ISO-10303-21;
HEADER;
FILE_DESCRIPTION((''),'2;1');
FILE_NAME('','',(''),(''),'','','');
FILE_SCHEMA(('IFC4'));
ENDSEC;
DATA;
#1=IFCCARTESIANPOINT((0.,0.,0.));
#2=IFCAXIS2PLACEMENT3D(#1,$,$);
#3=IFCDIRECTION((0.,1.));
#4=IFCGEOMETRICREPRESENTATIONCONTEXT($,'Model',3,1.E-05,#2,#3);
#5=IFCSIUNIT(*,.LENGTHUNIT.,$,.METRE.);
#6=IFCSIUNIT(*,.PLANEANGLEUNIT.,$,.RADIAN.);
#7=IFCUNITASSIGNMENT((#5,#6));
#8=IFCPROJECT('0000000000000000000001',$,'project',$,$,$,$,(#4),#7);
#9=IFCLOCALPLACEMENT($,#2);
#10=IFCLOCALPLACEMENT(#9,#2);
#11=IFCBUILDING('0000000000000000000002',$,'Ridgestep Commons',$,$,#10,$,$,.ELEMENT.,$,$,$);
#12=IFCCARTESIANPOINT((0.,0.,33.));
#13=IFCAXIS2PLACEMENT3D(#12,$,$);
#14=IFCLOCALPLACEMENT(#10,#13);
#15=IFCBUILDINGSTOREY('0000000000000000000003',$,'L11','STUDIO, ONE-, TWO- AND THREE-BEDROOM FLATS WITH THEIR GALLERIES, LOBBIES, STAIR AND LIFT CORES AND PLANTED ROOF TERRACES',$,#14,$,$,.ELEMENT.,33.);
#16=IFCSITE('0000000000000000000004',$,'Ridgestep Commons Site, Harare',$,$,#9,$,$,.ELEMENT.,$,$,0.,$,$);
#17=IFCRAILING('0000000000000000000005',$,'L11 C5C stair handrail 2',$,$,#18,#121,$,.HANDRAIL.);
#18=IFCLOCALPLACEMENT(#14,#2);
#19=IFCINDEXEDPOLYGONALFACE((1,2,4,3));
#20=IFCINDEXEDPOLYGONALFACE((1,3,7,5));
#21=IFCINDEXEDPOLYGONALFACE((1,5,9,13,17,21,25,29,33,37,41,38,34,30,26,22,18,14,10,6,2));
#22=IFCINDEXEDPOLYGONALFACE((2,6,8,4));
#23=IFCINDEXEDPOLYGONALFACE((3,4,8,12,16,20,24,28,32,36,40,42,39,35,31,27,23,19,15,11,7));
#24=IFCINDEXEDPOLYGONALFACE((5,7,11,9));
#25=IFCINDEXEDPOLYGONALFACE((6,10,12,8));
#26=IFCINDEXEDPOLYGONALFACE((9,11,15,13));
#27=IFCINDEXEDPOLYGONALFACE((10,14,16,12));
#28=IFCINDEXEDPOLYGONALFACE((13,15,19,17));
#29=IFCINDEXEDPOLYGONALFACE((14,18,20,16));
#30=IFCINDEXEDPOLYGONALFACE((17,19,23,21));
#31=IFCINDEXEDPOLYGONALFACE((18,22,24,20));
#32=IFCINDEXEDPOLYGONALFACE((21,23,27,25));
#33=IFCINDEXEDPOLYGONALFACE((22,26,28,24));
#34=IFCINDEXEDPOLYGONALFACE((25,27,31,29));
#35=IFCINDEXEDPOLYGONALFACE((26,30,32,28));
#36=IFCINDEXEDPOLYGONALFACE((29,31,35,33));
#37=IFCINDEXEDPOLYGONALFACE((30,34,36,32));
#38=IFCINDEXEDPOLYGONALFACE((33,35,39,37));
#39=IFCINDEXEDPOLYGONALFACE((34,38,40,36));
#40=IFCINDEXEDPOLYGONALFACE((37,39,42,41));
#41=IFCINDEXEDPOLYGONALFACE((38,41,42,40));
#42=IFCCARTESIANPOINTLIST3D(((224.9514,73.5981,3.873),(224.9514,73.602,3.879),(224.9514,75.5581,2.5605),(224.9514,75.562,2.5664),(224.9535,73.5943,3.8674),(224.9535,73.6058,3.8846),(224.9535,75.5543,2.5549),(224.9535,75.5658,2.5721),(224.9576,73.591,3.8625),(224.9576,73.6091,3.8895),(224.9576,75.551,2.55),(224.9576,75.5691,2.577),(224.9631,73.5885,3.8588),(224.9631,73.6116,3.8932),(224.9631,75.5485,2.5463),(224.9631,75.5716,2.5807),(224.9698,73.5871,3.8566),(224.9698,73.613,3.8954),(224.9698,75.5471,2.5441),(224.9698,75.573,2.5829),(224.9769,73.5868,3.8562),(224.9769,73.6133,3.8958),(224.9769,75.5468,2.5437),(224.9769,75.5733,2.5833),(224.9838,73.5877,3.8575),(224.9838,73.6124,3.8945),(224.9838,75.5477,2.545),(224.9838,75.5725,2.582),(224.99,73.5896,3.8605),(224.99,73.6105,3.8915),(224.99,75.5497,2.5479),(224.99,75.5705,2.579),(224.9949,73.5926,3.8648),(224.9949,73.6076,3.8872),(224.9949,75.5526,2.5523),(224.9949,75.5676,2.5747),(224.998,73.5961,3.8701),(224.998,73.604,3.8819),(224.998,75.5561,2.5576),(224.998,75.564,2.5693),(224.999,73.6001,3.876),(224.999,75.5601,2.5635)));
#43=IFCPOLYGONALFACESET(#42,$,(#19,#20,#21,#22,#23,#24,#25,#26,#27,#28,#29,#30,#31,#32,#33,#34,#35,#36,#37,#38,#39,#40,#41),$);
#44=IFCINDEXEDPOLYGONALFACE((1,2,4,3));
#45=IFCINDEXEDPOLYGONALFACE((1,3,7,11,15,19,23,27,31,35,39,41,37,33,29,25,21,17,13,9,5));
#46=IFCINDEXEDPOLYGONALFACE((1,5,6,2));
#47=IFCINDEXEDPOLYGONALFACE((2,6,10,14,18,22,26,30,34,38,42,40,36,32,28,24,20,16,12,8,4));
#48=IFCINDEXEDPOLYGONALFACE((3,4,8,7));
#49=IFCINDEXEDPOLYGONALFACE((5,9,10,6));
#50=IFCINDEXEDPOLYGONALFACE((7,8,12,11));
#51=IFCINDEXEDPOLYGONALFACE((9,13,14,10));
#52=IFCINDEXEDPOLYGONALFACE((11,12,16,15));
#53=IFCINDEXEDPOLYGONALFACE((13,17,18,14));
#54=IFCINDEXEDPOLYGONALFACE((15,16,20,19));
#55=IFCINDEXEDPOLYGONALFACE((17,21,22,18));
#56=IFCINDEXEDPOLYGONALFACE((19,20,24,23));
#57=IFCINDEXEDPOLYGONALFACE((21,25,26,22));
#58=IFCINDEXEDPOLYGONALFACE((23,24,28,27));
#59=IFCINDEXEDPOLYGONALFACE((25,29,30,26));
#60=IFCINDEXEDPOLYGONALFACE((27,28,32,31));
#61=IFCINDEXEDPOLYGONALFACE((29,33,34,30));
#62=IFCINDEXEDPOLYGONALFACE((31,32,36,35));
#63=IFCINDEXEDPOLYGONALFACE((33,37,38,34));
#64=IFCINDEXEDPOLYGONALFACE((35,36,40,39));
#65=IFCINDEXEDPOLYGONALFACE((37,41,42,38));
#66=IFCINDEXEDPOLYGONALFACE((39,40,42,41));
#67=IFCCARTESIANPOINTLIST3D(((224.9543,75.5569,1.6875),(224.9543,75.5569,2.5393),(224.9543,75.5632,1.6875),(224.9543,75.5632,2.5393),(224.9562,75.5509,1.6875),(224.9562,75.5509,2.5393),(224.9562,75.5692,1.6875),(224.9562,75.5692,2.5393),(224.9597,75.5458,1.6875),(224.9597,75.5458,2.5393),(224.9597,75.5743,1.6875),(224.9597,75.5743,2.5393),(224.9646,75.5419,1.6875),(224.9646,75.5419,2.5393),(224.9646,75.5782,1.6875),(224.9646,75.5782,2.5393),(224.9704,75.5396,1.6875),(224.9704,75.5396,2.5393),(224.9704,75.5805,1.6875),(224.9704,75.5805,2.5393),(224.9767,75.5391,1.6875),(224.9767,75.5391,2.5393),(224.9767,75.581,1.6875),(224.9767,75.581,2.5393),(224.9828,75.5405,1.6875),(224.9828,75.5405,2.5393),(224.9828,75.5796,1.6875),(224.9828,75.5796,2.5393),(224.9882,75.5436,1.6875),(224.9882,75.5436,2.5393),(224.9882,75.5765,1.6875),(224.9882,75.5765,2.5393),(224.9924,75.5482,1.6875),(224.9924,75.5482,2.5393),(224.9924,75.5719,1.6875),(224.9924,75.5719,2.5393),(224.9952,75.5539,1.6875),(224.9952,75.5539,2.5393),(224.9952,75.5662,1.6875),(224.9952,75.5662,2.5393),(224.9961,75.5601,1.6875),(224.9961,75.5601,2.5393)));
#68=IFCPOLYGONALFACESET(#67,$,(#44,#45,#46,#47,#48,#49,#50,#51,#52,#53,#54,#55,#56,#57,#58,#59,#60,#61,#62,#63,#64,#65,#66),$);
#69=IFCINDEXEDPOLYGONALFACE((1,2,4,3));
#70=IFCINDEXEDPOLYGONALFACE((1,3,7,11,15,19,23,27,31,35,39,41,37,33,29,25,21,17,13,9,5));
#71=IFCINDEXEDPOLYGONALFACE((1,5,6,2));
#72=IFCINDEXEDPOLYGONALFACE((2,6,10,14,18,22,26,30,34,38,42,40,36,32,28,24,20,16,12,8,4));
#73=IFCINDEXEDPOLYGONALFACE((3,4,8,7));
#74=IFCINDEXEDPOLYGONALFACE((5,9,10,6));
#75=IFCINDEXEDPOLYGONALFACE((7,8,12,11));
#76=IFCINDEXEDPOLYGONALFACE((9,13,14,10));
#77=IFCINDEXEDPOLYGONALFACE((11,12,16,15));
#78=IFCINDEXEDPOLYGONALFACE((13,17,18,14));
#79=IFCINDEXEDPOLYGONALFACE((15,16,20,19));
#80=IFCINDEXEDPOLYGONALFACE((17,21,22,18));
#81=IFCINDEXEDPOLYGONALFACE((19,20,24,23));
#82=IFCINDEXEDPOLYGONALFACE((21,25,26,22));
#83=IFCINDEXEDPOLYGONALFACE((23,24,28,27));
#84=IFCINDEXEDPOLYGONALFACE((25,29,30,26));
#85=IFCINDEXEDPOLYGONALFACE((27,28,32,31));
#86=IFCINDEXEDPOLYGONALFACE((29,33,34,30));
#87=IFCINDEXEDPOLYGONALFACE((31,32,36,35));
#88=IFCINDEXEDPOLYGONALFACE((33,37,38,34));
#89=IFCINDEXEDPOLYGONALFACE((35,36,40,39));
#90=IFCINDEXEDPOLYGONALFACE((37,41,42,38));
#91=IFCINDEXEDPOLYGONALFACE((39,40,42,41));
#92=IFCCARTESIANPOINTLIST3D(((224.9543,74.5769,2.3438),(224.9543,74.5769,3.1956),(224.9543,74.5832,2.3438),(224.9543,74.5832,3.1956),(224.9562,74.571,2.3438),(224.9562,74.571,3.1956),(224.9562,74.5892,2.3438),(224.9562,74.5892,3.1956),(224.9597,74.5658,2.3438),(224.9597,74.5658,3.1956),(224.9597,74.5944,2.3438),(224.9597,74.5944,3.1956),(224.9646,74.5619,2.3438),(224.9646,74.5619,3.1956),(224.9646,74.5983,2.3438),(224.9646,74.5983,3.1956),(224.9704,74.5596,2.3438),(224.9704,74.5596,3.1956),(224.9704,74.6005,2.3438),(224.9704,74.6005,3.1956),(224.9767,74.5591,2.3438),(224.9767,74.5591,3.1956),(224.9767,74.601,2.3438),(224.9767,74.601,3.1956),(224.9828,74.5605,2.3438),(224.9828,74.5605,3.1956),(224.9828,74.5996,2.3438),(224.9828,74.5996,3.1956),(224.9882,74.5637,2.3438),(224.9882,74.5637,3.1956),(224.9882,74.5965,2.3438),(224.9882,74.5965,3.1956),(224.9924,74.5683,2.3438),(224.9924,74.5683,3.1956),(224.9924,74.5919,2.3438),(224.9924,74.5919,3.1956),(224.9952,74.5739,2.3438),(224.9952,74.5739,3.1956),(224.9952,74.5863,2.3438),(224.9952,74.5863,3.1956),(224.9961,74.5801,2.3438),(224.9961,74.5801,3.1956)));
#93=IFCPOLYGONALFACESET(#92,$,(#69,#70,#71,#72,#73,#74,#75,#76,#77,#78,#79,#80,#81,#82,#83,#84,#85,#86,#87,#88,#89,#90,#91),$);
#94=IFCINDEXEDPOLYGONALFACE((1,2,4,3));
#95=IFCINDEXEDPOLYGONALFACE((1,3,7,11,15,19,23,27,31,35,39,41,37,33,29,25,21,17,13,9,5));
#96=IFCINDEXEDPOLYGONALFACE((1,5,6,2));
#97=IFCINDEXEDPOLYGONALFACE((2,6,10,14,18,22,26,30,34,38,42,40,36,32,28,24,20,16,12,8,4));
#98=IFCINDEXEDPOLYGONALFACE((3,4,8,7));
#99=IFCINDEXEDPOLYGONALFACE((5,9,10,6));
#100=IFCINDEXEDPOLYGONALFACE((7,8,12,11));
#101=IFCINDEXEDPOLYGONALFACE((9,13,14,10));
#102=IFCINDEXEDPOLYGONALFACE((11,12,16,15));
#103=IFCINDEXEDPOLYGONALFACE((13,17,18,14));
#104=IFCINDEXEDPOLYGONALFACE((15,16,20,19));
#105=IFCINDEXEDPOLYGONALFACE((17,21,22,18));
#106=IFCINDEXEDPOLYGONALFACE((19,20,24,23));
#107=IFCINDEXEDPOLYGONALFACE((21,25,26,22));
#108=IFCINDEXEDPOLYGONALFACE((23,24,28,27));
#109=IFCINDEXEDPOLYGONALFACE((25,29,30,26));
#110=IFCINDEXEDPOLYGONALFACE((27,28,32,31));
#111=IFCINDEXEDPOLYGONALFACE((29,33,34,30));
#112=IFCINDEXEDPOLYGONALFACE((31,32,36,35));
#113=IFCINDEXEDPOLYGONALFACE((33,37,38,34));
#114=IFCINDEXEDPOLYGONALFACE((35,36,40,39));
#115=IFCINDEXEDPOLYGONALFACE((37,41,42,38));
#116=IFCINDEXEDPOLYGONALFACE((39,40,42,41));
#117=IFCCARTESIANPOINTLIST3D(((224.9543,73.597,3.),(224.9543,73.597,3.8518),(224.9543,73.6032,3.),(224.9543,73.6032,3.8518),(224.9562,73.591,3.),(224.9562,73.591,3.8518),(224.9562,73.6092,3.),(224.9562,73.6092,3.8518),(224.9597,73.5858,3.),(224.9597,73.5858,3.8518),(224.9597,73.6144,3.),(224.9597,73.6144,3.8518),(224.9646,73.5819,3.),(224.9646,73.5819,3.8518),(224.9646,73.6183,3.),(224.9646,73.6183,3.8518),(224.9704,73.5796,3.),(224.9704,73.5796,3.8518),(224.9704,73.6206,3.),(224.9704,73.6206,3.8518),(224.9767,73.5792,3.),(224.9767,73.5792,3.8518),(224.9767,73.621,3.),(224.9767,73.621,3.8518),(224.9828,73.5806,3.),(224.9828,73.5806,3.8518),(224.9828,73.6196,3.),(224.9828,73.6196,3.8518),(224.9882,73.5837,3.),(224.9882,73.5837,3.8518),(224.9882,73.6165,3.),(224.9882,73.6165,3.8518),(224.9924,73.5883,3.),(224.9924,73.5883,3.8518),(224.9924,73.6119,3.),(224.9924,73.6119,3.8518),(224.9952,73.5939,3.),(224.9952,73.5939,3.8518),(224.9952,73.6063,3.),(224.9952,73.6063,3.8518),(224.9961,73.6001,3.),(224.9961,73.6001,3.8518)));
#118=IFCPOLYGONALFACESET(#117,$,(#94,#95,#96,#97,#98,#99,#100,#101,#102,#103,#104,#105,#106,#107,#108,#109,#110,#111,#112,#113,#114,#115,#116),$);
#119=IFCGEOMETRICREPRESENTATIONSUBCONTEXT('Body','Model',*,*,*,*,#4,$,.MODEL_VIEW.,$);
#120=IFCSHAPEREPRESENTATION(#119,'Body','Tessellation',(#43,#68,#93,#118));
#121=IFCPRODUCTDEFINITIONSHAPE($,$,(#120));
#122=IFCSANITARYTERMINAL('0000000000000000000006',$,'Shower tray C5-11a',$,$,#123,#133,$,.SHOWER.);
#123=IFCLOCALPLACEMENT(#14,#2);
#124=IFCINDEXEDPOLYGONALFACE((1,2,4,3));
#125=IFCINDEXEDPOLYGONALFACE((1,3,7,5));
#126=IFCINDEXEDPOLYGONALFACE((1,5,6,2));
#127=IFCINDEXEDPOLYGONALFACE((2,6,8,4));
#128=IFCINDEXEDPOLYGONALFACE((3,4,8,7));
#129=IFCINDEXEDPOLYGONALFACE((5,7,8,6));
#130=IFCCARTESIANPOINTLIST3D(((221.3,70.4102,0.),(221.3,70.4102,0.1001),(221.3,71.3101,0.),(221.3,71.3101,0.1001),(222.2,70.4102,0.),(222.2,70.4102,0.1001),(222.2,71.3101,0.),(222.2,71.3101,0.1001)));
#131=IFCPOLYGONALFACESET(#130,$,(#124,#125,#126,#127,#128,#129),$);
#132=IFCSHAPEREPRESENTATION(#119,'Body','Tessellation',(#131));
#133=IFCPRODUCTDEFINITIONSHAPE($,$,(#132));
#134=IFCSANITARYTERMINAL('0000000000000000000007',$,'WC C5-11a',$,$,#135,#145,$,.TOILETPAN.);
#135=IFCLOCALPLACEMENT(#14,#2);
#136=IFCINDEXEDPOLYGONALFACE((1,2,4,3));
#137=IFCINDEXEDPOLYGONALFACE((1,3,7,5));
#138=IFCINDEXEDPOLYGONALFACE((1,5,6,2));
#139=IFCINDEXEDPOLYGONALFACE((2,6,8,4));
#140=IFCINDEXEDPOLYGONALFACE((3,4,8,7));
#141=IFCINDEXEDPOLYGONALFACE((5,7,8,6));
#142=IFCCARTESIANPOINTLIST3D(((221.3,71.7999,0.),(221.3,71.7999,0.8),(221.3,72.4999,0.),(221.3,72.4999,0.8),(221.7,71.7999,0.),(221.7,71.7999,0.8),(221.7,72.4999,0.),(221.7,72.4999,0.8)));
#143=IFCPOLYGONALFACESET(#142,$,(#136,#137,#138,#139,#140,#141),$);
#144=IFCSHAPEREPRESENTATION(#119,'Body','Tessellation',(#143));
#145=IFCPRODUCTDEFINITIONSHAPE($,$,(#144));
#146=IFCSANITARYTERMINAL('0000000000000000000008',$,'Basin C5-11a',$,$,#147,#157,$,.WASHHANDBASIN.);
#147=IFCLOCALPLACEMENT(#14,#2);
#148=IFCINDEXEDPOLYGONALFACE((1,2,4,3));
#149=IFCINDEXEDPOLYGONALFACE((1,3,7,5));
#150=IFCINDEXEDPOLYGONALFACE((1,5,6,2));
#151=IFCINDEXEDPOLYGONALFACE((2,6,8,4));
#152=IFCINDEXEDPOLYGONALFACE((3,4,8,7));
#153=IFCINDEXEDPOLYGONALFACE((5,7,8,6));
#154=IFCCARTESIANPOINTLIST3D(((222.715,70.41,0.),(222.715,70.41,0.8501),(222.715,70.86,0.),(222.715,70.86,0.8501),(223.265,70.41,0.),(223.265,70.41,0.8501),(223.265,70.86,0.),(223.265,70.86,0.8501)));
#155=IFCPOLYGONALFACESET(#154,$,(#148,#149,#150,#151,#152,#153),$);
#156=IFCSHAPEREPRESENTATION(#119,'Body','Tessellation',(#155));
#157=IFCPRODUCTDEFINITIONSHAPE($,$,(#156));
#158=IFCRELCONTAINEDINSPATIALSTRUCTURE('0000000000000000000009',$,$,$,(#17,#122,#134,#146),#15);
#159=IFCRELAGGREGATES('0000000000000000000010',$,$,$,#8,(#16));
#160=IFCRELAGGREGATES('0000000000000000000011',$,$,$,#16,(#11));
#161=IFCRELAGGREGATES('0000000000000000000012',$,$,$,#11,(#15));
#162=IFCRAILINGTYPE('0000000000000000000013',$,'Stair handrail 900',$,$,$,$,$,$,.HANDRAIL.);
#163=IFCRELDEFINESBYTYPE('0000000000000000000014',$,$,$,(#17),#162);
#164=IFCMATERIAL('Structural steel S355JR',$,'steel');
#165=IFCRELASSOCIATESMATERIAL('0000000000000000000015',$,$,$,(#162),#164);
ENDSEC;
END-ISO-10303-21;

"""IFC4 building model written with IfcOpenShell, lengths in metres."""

from ifc_helpers import new_model, si_unit, direction, frame, origin, origin_2d, place, context, subcontext, project, spatial, rectangle, circle, extrude, material, type_object, element, save


model = new_model("IFC4")

# Units and contexts
model_context = context("Model", 3, precision=1e-05, world=origin(), true_north=direction((0.0, 1.0)))
body_context = subcontext(model_context, "Body", "Model", "MODEL_VIEW")
ifc_project = project(units=[si_unit("LENGTHUNIT", "METRE"), si_unit("PLANEANGLEUNIT", "RADIAN")], contexts=[model_context])

# Site, building, storey
site_placement = place(None, origin())
site = spatial("IfcSite", under=ifc_project, at=site_placement, Name="Ridgestep Commons Site, Harare", CompositionType="ELEMENT", RefElevation=0.0)
building_placement = place(site_placement, origin())
building = spatial("IfcBuilding", under=site, at=building_placement, Name="Ridgestep Commons", CompositionType="ELEMENT")
storey_placement = place(building_placement, frame((0.0, 0.0, 33.0)))
storey = spatial("IfcBuildingStorey", under=building, at=storey_placement, Name="L11", Description="STUDIO, ONE-, TWO- AND THREE-BEDROOM FLATS WITH THEIR GALLERIES, LOBBIES, STAIR AND LIFT CORES AND PLANTED ROOF TERRACES", CompositionType="ELEMENT", Elevation=33.0)

# Railing
ifc_material_1 = material(Name="Structural steel S355JR", Category="steel")
railing_type = type_object("IfcRailingType", Name="Stair handrail 900", PredefinedType="HANDRAIL", material=ifc_material_1)
railing_placement = place(storey_placement, frame((224.9751, 75.5601, 1.6875)))
element("IfcRailing", 1, at=railing_placement, inside=storey, type_object=railing_type, Name="L11 C5C stair handrail 2", PredefinedType="HANDRAIL", context=body_context, shape_type="SweptSolid", body=[
    extrude(circle(Radius=0.0239, at=origin_2d()), frame((0.0, 0.0, 0.876), z_axis=(0.0, -0.830902, 0.556419), x_axis=(1.0, 0.0, 0.0)), (0.0, 0.0, 1.0), 2.3589),
    extrude(circle(Radius=0.021, at=origin_2d()), origin(), (0.0, 0.0, 1.0), 0.8518),
    extrude(circle(Radius=0.021, at=origin_2d()), frame((0.0, -0.98, 0.6562)), (0.0, 0.0, 1.0), 0.8518),
    extrude(circle(Radius=0.021, at=origin_2d()), frame((0.0, -1.96, 1.3125)), (0.0, 0.0, 1.0), 0.8518),
])

# Sanitary terminals
sanitary_terminal_1_placement = place(storey_placement, frame((221.75, 70.8601, 0.0), z_axis=(0.0, 0.0, 1.0), x_axis=(1.0, 0.0, 0.0)))
element("IfcSanitaryTerminal", 2, at=sanitary_terminal_1_placement, inside=storey, Name="Shower tray C5-11a", PredefinedType="SHOWER", context=body_context, shape_type="SweptSolid", body=[
    extrude(rectangle(XDim=0.8999, YDim=0.8999, at=origin_2d()), origin(), (0.0, 0.0, 1.0), 0.1001),
])
sanitary_terminal_2_placement = place(storey_placement, frame((221.5, 72.1499, 0.0), z_axis=(0.0, 0.0, 1.0), x_axis=(1.0, 0.0, 0.0)))
element("IfcSanitaryTerminal", 3, at=sanitary_terminal_2_placement, inside=storey, Name="WC C5-11a", PredefinedType="TOILETPAN", context=body_context, shape_type="SweptSolid", body=[
    extrude(rectangle(XDim=0.3999, YDim=0.7, at=origin_2d()), origin(), (0.0, 0.0, 1.0), 0.8),
])
sanitary_terminal_3_placement = place(storey_placement, frame((222.99, 70.635, 0.0), z_axis=(0.0, 0.0, 1.0), x_axis=(1.0, 0.0, 0.0)))
element("IfcSanitaryTerminal", 4, at=sanitary_terminal_3_placement, inside=storey, Name="Basin C5-11a", PredefinedType="WASHHANDBASIN", context=body_context, shape_type="SweptSolid", body=[
    extrude(rectangle(XDim=0.55, YDim=0.45, at=origin_2d()), origin(), (0.0, 0.0, 1.0), 0.8501),
])

save(model, "model.ifc")
